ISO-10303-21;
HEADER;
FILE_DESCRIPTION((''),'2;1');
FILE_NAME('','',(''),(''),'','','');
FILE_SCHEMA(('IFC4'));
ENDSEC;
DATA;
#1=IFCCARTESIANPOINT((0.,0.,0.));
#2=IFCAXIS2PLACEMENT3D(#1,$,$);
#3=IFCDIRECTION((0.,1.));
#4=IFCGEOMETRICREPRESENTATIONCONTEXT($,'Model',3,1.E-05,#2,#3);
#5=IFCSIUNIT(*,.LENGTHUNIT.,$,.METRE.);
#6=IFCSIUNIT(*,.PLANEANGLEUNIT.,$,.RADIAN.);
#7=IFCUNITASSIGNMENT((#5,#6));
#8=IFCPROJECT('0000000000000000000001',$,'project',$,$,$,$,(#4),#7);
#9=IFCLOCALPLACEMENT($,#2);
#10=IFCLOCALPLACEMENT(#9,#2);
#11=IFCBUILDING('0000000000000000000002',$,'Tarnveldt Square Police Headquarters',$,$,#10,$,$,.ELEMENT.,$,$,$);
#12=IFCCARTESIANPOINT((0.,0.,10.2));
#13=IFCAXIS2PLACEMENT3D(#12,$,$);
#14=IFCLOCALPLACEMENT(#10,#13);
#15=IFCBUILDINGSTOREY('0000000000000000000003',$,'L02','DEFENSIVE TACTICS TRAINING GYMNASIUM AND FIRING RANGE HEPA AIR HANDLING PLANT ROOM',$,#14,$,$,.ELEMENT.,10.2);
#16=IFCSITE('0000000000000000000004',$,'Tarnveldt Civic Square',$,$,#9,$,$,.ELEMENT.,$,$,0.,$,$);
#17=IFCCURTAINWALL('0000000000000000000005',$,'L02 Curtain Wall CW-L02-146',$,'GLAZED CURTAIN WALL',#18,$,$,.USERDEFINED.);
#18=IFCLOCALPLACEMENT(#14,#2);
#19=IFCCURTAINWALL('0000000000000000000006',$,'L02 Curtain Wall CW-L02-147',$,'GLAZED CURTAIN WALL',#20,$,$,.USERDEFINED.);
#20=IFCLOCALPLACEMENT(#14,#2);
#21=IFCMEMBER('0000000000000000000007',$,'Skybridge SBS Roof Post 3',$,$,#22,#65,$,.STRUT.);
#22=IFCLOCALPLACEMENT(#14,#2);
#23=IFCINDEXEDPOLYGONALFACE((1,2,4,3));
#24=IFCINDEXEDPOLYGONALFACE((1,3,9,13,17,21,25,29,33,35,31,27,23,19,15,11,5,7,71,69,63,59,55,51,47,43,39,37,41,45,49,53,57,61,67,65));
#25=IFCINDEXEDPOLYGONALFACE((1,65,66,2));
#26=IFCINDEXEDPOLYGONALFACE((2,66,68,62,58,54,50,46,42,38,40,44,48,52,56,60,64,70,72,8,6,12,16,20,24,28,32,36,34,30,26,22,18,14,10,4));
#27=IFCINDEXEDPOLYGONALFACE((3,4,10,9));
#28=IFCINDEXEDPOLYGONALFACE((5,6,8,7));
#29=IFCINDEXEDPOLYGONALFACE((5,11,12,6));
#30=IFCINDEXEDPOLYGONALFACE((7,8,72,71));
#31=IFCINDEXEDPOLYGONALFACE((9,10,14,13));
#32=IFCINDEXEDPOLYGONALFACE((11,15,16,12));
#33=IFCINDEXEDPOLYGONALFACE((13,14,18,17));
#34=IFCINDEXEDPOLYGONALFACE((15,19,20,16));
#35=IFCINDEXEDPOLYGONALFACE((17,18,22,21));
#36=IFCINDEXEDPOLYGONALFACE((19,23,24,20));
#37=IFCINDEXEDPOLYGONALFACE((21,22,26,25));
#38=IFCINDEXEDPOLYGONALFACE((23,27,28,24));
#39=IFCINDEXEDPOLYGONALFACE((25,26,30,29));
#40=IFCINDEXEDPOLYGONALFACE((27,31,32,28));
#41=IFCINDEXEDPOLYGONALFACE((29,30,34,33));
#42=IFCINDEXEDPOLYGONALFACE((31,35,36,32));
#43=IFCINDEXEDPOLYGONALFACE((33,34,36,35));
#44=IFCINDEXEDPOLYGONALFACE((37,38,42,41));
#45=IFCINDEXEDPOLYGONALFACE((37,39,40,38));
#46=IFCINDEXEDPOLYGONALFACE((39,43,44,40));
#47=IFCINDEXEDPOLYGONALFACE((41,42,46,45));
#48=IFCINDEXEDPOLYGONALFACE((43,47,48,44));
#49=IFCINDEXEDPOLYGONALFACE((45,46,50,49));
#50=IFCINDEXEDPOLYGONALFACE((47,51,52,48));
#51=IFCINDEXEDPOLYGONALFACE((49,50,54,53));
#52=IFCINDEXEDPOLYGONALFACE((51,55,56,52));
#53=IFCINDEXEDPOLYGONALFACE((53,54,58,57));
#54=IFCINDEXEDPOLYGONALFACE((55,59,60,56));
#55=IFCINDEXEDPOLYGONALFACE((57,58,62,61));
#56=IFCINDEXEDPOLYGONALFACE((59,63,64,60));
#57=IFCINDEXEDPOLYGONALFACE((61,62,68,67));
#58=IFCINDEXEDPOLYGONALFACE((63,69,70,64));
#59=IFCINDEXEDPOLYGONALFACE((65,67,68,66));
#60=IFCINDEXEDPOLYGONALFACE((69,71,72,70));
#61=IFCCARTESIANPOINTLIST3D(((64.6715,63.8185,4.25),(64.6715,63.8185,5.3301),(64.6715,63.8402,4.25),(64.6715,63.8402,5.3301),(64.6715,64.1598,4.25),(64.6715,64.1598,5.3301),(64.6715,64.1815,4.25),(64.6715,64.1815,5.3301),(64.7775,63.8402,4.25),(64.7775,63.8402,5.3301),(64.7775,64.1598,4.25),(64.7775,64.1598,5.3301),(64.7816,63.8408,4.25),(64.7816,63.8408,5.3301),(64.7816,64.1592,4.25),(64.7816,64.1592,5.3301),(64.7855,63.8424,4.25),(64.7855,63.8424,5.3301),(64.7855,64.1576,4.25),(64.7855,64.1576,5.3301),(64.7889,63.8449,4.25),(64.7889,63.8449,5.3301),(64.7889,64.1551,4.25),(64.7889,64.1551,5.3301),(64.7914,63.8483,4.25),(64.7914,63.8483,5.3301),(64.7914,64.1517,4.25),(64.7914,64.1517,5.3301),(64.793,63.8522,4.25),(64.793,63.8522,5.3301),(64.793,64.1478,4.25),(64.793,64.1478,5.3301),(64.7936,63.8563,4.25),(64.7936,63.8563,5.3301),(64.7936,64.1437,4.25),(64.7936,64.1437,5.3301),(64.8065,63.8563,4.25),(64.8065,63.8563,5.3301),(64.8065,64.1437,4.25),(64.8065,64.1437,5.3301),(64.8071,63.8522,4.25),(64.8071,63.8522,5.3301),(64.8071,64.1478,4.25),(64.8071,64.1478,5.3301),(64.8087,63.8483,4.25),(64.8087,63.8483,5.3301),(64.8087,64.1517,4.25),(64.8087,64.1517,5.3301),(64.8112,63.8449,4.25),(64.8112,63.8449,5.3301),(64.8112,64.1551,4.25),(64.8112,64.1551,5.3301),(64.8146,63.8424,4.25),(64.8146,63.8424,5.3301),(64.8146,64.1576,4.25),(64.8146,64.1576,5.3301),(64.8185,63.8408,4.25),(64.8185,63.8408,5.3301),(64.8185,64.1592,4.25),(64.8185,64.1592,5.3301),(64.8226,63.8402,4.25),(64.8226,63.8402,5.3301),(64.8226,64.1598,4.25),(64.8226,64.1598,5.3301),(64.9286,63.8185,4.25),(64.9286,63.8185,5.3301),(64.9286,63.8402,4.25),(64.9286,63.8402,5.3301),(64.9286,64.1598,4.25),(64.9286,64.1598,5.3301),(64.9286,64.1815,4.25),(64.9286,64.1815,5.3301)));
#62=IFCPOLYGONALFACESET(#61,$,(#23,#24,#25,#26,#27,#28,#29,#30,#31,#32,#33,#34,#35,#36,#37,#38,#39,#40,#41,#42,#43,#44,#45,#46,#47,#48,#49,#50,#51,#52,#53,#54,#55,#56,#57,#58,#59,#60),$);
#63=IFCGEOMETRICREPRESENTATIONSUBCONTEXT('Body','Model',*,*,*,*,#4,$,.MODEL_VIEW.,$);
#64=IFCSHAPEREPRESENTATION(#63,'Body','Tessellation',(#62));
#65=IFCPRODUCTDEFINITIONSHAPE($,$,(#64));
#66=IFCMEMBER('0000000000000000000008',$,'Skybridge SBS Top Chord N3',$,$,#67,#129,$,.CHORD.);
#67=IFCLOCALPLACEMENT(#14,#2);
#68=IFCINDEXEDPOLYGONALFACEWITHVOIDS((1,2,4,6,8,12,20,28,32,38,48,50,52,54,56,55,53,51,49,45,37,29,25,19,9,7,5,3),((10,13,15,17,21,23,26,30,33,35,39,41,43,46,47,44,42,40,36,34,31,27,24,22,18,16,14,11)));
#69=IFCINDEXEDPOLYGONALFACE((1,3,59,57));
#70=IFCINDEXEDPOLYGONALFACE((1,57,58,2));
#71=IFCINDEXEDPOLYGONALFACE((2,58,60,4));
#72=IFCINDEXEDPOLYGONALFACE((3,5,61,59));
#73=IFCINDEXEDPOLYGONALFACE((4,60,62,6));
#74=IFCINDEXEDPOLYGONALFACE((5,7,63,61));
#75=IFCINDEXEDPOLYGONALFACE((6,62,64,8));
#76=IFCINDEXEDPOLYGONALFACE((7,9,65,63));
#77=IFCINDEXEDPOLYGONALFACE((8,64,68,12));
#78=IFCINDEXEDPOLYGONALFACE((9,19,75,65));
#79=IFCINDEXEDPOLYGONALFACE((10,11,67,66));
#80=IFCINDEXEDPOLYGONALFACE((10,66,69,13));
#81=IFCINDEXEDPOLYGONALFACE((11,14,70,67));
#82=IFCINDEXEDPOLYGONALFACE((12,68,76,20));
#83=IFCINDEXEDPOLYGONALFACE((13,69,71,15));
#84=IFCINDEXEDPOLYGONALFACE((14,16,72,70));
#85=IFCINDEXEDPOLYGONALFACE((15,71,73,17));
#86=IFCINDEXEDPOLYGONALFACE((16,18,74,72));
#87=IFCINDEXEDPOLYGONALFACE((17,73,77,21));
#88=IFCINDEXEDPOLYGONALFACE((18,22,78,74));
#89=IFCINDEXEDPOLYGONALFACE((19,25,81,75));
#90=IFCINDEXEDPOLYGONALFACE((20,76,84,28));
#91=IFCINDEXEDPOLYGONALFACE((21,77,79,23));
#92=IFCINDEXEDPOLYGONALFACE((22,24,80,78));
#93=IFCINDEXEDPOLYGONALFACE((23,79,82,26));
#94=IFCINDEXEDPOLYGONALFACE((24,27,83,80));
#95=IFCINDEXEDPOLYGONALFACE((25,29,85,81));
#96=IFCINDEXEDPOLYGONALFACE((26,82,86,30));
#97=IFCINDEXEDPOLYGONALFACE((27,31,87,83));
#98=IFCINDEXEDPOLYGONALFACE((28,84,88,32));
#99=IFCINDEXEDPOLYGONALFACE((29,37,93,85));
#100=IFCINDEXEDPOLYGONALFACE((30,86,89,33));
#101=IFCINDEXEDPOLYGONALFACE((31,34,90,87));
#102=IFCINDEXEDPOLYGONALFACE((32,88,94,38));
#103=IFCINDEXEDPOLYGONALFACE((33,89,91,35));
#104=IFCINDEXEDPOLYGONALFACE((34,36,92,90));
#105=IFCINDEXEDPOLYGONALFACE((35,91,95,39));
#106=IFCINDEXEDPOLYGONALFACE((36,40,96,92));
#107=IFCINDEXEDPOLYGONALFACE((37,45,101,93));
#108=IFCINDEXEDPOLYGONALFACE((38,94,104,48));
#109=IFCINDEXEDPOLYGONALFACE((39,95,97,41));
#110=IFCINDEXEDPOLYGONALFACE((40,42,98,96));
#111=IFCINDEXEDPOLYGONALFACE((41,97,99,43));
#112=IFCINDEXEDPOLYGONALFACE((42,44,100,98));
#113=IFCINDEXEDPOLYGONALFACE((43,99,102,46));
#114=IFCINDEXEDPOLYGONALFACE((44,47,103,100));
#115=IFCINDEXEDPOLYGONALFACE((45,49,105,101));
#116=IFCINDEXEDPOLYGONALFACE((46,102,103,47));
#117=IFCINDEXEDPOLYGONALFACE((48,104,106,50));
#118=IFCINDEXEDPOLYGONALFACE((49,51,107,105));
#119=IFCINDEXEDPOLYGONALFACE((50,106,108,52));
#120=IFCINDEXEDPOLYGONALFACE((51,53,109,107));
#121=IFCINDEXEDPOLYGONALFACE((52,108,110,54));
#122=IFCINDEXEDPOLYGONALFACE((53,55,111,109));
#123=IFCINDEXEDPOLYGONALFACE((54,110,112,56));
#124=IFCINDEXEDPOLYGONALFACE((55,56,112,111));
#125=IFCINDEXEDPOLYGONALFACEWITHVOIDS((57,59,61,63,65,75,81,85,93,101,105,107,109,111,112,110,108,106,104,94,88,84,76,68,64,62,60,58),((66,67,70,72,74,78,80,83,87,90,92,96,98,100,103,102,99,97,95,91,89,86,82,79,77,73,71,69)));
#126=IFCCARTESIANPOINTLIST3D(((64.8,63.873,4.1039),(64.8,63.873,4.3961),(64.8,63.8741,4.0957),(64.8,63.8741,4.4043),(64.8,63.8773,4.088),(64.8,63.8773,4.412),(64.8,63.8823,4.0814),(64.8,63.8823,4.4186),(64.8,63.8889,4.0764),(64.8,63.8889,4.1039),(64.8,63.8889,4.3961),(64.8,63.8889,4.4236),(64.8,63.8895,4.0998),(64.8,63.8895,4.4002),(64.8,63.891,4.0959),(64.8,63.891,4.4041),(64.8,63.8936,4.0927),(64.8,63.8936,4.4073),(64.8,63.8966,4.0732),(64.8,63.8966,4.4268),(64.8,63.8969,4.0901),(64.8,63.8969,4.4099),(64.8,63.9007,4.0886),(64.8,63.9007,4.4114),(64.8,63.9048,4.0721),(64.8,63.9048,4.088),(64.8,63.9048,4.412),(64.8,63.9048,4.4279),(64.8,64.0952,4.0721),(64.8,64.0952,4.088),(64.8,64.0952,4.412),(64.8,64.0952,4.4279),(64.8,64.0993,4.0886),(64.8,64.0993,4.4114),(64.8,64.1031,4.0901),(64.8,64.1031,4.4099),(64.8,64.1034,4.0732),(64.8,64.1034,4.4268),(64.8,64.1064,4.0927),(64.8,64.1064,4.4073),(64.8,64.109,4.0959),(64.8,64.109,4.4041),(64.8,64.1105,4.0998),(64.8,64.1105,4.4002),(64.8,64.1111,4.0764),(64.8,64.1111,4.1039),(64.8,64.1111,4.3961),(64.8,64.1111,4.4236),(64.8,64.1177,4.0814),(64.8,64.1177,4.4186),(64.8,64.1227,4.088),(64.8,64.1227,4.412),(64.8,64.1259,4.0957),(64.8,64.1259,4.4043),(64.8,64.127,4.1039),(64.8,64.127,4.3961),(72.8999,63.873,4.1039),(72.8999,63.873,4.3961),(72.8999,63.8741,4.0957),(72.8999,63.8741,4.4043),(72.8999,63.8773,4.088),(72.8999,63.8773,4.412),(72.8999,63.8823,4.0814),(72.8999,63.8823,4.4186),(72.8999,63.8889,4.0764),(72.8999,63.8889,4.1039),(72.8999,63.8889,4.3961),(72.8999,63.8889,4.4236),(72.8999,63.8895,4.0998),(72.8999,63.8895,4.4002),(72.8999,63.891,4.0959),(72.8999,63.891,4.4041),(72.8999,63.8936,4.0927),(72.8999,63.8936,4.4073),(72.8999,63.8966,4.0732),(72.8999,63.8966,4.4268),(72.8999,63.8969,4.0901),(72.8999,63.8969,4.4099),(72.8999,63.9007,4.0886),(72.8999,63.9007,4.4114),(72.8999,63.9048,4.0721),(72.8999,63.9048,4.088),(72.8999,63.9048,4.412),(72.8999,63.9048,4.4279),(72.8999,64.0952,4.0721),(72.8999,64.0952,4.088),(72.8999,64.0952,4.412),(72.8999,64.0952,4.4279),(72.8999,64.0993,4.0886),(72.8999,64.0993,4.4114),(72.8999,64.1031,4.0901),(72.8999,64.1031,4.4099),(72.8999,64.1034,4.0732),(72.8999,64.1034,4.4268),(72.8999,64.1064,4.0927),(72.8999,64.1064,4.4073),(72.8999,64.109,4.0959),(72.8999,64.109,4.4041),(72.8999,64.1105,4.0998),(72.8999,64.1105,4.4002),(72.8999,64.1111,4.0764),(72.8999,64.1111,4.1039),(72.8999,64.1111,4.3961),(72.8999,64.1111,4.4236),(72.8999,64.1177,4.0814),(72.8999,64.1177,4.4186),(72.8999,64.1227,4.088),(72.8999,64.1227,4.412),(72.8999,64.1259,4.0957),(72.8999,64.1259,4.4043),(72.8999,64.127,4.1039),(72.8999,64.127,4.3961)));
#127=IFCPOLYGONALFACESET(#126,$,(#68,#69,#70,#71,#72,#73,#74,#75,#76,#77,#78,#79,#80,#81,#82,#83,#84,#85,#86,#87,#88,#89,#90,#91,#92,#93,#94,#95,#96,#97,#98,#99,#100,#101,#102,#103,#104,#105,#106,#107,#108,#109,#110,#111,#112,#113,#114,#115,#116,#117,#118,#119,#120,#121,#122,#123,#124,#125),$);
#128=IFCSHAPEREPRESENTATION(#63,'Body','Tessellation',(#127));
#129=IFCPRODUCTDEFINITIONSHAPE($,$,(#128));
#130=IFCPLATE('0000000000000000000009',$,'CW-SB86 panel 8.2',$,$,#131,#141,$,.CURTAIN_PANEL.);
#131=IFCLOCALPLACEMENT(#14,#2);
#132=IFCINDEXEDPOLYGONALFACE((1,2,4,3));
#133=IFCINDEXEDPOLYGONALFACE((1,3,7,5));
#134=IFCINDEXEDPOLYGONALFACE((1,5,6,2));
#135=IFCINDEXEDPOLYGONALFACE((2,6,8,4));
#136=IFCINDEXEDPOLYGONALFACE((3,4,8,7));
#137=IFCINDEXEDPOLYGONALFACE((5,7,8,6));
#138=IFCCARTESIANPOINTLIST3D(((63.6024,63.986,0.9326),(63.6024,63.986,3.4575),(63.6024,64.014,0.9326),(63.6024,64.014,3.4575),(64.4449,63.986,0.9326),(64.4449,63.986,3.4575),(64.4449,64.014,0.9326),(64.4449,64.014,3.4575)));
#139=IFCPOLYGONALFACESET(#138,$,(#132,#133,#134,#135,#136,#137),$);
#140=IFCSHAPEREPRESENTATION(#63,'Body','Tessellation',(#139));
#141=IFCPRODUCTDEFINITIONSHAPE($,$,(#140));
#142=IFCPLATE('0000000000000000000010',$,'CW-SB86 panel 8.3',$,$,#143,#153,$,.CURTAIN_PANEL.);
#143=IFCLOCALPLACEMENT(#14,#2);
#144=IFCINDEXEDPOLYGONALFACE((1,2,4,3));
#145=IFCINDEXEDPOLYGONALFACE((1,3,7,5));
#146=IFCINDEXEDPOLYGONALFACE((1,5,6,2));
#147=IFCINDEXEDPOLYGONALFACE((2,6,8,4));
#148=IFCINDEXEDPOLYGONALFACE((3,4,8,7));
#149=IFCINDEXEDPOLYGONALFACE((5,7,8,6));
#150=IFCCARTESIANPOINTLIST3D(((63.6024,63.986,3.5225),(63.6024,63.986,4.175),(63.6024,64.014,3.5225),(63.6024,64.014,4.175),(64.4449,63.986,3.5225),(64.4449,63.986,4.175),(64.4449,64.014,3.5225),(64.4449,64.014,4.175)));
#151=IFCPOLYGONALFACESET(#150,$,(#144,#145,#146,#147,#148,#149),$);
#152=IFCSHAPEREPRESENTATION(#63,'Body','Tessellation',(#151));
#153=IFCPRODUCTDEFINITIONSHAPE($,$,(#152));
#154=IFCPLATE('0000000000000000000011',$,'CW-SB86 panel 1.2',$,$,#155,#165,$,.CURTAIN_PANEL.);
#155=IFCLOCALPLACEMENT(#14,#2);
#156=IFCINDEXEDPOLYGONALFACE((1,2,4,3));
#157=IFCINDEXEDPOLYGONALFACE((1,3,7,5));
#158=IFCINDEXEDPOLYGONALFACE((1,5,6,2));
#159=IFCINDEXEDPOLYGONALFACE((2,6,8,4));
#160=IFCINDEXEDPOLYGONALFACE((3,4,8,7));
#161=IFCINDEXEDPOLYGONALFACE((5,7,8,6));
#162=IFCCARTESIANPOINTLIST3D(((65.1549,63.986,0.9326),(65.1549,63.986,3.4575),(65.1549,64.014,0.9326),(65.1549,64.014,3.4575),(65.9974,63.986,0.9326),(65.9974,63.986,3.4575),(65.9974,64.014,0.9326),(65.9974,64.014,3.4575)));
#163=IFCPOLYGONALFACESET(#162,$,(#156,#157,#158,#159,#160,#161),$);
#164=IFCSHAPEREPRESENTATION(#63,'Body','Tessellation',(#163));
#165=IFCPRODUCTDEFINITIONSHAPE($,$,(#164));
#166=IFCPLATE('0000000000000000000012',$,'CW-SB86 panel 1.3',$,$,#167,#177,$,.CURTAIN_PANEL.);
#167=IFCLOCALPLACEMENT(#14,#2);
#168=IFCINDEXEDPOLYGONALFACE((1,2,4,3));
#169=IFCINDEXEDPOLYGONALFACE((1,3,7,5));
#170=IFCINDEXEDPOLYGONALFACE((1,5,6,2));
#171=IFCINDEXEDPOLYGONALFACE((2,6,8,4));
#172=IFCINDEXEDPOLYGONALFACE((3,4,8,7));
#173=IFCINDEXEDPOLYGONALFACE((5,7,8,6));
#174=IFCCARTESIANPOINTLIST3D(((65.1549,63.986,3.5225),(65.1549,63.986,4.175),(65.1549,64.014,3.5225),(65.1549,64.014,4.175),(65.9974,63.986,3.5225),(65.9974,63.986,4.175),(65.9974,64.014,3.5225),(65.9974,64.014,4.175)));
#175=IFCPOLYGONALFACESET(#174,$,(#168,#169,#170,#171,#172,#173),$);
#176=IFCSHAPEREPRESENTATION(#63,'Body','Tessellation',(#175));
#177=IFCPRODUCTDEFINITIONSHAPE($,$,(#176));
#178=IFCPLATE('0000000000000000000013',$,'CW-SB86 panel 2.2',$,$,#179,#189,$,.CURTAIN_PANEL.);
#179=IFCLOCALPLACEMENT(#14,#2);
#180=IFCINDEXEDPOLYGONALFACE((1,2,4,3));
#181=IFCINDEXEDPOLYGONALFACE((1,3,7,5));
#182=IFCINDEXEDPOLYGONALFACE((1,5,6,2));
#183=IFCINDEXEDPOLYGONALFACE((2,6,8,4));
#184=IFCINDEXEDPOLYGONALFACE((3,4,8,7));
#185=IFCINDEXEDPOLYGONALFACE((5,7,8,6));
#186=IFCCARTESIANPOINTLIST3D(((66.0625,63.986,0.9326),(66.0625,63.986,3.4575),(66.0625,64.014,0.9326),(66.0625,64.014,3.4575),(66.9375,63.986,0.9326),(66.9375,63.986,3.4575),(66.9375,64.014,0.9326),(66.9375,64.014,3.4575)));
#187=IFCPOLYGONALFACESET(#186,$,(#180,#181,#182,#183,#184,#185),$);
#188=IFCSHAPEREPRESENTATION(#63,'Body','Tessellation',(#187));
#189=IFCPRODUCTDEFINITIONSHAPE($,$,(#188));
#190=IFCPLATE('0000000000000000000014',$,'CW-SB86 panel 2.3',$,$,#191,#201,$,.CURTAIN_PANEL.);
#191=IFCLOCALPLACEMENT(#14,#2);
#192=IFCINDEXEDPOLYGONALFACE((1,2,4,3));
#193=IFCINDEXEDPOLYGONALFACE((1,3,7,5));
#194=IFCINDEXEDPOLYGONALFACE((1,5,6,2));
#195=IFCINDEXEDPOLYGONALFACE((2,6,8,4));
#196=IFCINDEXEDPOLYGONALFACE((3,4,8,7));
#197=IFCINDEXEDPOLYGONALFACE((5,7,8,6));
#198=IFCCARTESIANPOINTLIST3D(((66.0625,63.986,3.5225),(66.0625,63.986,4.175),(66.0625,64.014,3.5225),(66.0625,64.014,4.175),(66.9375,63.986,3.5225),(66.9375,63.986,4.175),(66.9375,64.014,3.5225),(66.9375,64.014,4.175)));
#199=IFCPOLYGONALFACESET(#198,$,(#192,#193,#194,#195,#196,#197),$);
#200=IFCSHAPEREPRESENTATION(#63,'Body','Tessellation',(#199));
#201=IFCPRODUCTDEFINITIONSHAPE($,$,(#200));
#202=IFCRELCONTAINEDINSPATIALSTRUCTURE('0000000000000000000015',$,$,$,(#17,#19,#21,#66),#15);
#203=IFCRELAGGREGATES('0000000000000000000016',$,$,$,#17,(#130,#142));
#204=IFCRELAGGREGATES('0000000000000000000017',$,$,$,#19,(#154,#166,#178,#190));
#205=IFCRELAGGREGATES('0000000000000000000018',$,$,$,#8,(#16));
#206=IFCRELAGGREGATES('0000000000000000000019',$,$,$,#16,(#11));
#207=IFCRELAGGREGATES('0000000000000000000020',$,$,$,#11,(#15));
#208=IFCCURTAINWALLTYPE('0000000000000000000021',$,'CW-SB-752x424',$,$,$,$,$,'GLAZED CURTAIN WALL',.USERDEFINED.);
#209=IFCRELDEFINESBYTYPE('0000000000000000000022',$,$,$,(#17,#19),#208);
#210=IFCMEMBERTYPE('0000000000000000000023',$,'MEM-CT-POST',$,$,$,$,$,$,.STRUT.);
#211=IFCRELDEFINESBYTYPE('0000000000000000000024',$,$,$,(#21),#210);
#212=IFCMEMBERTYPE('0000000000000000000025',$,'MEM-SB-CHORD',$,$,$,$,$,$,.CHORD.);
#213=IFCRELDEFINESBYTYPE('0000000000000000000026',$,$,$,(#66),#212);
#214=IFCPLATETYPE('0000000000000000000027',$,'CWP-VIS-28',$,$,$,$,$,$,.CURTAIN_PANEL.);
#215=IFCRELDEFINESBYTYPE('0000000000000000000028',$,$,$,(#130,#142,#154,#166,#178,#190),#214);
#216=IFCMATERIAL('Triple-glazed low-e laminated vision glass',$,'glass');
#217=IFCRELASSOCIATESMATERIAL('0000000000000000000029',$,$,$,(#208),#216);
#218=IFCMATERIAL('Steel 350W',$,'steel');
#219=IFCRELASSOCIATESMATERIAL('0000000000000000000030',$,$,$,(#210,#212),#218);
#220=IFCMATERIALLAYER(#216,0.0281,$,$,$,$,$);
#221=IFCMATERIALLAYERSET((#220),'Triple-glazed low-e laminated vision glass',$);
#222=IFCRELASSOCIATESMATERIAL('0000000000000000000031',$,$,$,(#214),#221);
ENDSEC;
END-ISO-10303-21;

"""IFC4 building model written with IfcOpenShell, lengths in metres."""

from ifc_helpers import new_model, si_unit, direction, frame, origin, origin_2d, place, context, subcontext, project, spatial, rectangle, hollow_rectangle, i_section, extrude, material, layer, layer_set, material_profile, profile_set, type_object, element, aggregate, save


model = new_model("IFC4")

# Units and contexts
model_context = context("Model", 3, precision=1e-05, world=origin(), true_north=direction((0.0, 1.0)))
body_context = subcontext(model_context, "Body", "Model", "MODEL_VIEW")
ifc_project = project(units=[si_unit("LENGTHUNIT", "METRE"), si_unit("PLANEANGLEUNIT", "RADIAN")], contexts=[model_context])

# Site, building, storey
site_placement = place(None, origin())
site = spatial("IfcSite", under=ifc_project, at=site_placement, Name="Tarnveldt Civic Square", CompositionType="ELEMENT", RefElevation=0.0)
building_placement = place(site_placement, origin())
building = spatial("IfcBuilding", under=site, at=building_placement, Name="Tarnveldt Square Police Headquarters", CompositionType="ELEMENT")
storey_placement = place(building_placement, frame((0.0, 0.0, 10.2)))
storey = spatial("IfcBuildingStorey", under=building, at=storey_placement, Name="L02", Description="DEFENSIVE TACTICS TRAINING GYMNASIUM AND FIRING RANGE HEPA AIR HANDLING PLANT ROOM", CompositionType="ELEMENT", Elevation=10.2)

# Shared definitions
ifc_material_1 = material(Name="Steel 350W", Category="steel")

# Curtain walls
ifc_material_2 = material(Name="Triple-glazed low-e laminated vision glass", Category="glass")
curtain_wall_type = type_object("IfcCurtainWallType", Name="CW-SB-752x424", ElementType="GLAZED CURTAIN WALL", PredefinedType="USERDEFINED", material=ifc_material_2)
curtain_wall_1_placement = place(storey_placement, origin())
curtain_wall_1 = element("IfcCurtainWall", 1, at=curtain_wall_1_placement, inside=storey, type_object=curtain_wall_type, Name="L02 Curtain Wall CW-L02-146", ObjectType="GLAZED CURTAIN WALL", PredefinedType="USERDEFINED")
curtain_wall_2_placement = place(storey_placement, origin())
curtain_wall_2 = element("IfcCurtainWall", 2, at=curtain_wall_2_placement, inside=storey, type_object=curtain_wall_type, Name="L02 Curtain Wall CW-L02-147", ObjectType="GLAZED CURTAIN WALL", PredefinedType="USERDEFINED")

# Members
ifc_material_profile_1 = material_profile(ifc_material_1, i_section(OverallWidth=0.2571, OverallDepth=0.363, WebThickness=0.0129, FlangeThickness=0.0217, FilletRadius=0.0161, at=origin_2d()), Name="W360x122")
ifc_profile_set_1 = profile_set([ifc_material_profile_1], Name="Steel 350W")
member_type_1 = type_object("IfcMemberType", Name="MEM-CT-POST", PredefinedType="STRUT", material=ifc_profile_set_1)
member_1_placement = place(storey_placement, frame((64.8, 64.0, 4.25), z_axis=(0.0, 0.0, 1.0), x_axis=(1.0, 0.0, 0.0)))
element("IfcMember", 3, at=member_1_placement, inside=storey, type_object=member_type_1, Name="Skybridge SBS Roof Post 3", PredefinedType="STRUT", context=body_context, shape_type="SweptSolid", body=[
    extrude(i_section(OverallWidth=0.2571, OverallDepth=0.363, WebThickness=0.0129, FlangeThickness=0.0217, FilletRadius=0.0161, at=origin_2d()), origin(), (0.0, 0.0, 1.0), 1.0801),
])
ifc_material_profile_2 = material_profile(ifc_material_1, hollow_rectangle(XDim=0.2539, YDim=0.3557, WallThickness=0.0159, InnerFilletRadius=0.0159, OuterFilletRadius=0.0317, at=origin_2d()), Name="HSS356x254x16")
ifc_profile_set_2 = profile_set([ifc_material_profile_2], Name="Steel 350W")
member_type_2 = type_object("IfcMemberType", Name="MEM-SB-CHORD", PredefinedType="CHORD", material=ifc_profile_set_2)
member_2_placement = place(storey_placement, frame((64.8, 64.0, 4.25), z_axis=(1.0, 0.0, 0.0), x_axis=(0.0, 1.0, 0.0)))
element("IfcMember", 4, at=member_2_placement, inside=storey, type_object=member_type_2, Name="Skybridge SBS Top Chord N3", PredefinedType="CHORD", context=body_context, shape_type="SweptSolid", body=[
    extrude(hollow_rectangle(XDim=0.2539, YDim=0.3557, WallThickness=0.0159, InnerFilletRadius=0.0159, OuterFilletRadius=0.0317, at=origin_2d()), origin(), (0.0, 0.0, 1.0), 8.0999),
])

# Plates
ifc_layer = layer(ifc_material_2, 0.0281)
ifc_layer_set = layer_set([ifc_layer], Name="Triple-glazed low-e laminated vision glass")
plate_type = type_object("IfcPlateType", Name="CWP-VIS-28", PredefinedType="CURTAIN_PANEL", material=ifc_layer_set)
plate_1_placement = place(storey_placement, frame((64.0237, 64.0, 0.9326), z_axis=(0.0, 0.0, 1.0), x_axis=(1.0, 0.0, 0.0)))
plate_1 = element("IfcPlate", 5, at=plate_1_placement, type_object=plate_type, Name="CW-SB86 panel 8.2", PredefinedType="CURTAIN_PANEL", context=body_context, shape_type="SweptSolid", body=[
    extrude(rectangle(XDim=0.8425, YDim=0.0281, at=origin_2d()), origin(), (0.0, 0.0, 1.0), 2.5249),
])
plate_2_placement = place(storey_placement, frame((64.0237, 64.0, 3.5225), z_axis=(0.0, 0.0, 1.0), x_axis=(1.0, 0.0, 0.0)))
plate_2 = element("IfcPlate", 6, at=plate_2_placement, type_object=plate_type, Name="CW-SB86 panel 8.3", PredefinedType="CURTAIN_PANEL", context=body_context, shape_type="SweptSolid", body=[
    extrude(rectangle(XDim=0.8425, YDim=0.0281, at=origin_2d()), origin(), (0.0, 0.0, 1.0), 0.6526),
])
aggregate(curtain_wall_1, [plate_1, plate_2])
plate_3_placement = place(storey_placement, frame((65.5762, 64.0, 0.9326), z_axis=(0.0, 0.0, 1.0), x_axis=(1.0, 0.0, 0.0)))
plate_3 = element("IfcPlate", 7, at=plate_3_placement, type_object=plate_type, Name="CW-SB86 panel 1.2", PredefinedType="CURTAIN_PANEL", context=body_context, shape_type="SweptSolid", body=[
    extrude(rectangle(XDim=0.8425, YDim=0.0281, at=origin_2d()), origin(), (0.0, 0.0, 1.0), 2.5249),
])
plate_4_placement = place(storey_placement, frame((65.5762, 64.0, 3.5225), z_axis=(0.0, 0.0, 1.0), x_axis=(1.0, 0.0, 0.0)))
plate_4 = element("IfcPlate", 8, at=plate_4_placement, type_object=plate_type, Name="CW-SB86 panel 1.3", PredefinedType="CURTAIN_PANEL", context=body_context, shape_type="SweptSolid", body=[
    extrude(rectangle(XDim=0.8425, YDim=0.0281, at=origin_2d()), origin(), (0.0, 0.0, 1.0), 0.6526),
])
plate_5_placement = place(storey_placement, frame((66.5, 64.0, 0.9326), z_axis=(0.0, 0.0, 1.0), x_axis=(1.0, 0.0, 0.0)))
plate_5 = element("IfcPlate", 9, at=plate_5_placement, type_object=plate_type, Name="CW-SB86 panel 2.2", PredefinedType="CURTAIN_PANEL", context=body_context, shape_type="SweptSolid", body=[
    extrude(rectangle(XDim=0.875, YDim=0.0281, at=origin_2d()), origin(), (0.0, 0.0, 1.0), 2.5249),
])
plate_6_placement = place(storey_placement, frame((66.5, 64.0, 3.5225), z_axis=(0.0, 0.0, 1.0), x_axis=(1.0, 0.0, 0.0)))
plate_6 = element("IfcPlate", 10, at=plate_6_placement, type_object=plate_type, Name="CW-SB86 panel 2.3", PredefinedType="CURTAIN_PANEL", context=body_context, shape_type="SweptSolid", body=[
    extrude(rectangle(XDim=0.875, YDim=0.0281, at=origin_2d()), origin(), (0.0, 0.0, 1.0), 0.6526),
])
aggregate(curtain_wall_2, [plate_3, plate_4, plate_5, plate_6])

save(model, "model.ifc")
